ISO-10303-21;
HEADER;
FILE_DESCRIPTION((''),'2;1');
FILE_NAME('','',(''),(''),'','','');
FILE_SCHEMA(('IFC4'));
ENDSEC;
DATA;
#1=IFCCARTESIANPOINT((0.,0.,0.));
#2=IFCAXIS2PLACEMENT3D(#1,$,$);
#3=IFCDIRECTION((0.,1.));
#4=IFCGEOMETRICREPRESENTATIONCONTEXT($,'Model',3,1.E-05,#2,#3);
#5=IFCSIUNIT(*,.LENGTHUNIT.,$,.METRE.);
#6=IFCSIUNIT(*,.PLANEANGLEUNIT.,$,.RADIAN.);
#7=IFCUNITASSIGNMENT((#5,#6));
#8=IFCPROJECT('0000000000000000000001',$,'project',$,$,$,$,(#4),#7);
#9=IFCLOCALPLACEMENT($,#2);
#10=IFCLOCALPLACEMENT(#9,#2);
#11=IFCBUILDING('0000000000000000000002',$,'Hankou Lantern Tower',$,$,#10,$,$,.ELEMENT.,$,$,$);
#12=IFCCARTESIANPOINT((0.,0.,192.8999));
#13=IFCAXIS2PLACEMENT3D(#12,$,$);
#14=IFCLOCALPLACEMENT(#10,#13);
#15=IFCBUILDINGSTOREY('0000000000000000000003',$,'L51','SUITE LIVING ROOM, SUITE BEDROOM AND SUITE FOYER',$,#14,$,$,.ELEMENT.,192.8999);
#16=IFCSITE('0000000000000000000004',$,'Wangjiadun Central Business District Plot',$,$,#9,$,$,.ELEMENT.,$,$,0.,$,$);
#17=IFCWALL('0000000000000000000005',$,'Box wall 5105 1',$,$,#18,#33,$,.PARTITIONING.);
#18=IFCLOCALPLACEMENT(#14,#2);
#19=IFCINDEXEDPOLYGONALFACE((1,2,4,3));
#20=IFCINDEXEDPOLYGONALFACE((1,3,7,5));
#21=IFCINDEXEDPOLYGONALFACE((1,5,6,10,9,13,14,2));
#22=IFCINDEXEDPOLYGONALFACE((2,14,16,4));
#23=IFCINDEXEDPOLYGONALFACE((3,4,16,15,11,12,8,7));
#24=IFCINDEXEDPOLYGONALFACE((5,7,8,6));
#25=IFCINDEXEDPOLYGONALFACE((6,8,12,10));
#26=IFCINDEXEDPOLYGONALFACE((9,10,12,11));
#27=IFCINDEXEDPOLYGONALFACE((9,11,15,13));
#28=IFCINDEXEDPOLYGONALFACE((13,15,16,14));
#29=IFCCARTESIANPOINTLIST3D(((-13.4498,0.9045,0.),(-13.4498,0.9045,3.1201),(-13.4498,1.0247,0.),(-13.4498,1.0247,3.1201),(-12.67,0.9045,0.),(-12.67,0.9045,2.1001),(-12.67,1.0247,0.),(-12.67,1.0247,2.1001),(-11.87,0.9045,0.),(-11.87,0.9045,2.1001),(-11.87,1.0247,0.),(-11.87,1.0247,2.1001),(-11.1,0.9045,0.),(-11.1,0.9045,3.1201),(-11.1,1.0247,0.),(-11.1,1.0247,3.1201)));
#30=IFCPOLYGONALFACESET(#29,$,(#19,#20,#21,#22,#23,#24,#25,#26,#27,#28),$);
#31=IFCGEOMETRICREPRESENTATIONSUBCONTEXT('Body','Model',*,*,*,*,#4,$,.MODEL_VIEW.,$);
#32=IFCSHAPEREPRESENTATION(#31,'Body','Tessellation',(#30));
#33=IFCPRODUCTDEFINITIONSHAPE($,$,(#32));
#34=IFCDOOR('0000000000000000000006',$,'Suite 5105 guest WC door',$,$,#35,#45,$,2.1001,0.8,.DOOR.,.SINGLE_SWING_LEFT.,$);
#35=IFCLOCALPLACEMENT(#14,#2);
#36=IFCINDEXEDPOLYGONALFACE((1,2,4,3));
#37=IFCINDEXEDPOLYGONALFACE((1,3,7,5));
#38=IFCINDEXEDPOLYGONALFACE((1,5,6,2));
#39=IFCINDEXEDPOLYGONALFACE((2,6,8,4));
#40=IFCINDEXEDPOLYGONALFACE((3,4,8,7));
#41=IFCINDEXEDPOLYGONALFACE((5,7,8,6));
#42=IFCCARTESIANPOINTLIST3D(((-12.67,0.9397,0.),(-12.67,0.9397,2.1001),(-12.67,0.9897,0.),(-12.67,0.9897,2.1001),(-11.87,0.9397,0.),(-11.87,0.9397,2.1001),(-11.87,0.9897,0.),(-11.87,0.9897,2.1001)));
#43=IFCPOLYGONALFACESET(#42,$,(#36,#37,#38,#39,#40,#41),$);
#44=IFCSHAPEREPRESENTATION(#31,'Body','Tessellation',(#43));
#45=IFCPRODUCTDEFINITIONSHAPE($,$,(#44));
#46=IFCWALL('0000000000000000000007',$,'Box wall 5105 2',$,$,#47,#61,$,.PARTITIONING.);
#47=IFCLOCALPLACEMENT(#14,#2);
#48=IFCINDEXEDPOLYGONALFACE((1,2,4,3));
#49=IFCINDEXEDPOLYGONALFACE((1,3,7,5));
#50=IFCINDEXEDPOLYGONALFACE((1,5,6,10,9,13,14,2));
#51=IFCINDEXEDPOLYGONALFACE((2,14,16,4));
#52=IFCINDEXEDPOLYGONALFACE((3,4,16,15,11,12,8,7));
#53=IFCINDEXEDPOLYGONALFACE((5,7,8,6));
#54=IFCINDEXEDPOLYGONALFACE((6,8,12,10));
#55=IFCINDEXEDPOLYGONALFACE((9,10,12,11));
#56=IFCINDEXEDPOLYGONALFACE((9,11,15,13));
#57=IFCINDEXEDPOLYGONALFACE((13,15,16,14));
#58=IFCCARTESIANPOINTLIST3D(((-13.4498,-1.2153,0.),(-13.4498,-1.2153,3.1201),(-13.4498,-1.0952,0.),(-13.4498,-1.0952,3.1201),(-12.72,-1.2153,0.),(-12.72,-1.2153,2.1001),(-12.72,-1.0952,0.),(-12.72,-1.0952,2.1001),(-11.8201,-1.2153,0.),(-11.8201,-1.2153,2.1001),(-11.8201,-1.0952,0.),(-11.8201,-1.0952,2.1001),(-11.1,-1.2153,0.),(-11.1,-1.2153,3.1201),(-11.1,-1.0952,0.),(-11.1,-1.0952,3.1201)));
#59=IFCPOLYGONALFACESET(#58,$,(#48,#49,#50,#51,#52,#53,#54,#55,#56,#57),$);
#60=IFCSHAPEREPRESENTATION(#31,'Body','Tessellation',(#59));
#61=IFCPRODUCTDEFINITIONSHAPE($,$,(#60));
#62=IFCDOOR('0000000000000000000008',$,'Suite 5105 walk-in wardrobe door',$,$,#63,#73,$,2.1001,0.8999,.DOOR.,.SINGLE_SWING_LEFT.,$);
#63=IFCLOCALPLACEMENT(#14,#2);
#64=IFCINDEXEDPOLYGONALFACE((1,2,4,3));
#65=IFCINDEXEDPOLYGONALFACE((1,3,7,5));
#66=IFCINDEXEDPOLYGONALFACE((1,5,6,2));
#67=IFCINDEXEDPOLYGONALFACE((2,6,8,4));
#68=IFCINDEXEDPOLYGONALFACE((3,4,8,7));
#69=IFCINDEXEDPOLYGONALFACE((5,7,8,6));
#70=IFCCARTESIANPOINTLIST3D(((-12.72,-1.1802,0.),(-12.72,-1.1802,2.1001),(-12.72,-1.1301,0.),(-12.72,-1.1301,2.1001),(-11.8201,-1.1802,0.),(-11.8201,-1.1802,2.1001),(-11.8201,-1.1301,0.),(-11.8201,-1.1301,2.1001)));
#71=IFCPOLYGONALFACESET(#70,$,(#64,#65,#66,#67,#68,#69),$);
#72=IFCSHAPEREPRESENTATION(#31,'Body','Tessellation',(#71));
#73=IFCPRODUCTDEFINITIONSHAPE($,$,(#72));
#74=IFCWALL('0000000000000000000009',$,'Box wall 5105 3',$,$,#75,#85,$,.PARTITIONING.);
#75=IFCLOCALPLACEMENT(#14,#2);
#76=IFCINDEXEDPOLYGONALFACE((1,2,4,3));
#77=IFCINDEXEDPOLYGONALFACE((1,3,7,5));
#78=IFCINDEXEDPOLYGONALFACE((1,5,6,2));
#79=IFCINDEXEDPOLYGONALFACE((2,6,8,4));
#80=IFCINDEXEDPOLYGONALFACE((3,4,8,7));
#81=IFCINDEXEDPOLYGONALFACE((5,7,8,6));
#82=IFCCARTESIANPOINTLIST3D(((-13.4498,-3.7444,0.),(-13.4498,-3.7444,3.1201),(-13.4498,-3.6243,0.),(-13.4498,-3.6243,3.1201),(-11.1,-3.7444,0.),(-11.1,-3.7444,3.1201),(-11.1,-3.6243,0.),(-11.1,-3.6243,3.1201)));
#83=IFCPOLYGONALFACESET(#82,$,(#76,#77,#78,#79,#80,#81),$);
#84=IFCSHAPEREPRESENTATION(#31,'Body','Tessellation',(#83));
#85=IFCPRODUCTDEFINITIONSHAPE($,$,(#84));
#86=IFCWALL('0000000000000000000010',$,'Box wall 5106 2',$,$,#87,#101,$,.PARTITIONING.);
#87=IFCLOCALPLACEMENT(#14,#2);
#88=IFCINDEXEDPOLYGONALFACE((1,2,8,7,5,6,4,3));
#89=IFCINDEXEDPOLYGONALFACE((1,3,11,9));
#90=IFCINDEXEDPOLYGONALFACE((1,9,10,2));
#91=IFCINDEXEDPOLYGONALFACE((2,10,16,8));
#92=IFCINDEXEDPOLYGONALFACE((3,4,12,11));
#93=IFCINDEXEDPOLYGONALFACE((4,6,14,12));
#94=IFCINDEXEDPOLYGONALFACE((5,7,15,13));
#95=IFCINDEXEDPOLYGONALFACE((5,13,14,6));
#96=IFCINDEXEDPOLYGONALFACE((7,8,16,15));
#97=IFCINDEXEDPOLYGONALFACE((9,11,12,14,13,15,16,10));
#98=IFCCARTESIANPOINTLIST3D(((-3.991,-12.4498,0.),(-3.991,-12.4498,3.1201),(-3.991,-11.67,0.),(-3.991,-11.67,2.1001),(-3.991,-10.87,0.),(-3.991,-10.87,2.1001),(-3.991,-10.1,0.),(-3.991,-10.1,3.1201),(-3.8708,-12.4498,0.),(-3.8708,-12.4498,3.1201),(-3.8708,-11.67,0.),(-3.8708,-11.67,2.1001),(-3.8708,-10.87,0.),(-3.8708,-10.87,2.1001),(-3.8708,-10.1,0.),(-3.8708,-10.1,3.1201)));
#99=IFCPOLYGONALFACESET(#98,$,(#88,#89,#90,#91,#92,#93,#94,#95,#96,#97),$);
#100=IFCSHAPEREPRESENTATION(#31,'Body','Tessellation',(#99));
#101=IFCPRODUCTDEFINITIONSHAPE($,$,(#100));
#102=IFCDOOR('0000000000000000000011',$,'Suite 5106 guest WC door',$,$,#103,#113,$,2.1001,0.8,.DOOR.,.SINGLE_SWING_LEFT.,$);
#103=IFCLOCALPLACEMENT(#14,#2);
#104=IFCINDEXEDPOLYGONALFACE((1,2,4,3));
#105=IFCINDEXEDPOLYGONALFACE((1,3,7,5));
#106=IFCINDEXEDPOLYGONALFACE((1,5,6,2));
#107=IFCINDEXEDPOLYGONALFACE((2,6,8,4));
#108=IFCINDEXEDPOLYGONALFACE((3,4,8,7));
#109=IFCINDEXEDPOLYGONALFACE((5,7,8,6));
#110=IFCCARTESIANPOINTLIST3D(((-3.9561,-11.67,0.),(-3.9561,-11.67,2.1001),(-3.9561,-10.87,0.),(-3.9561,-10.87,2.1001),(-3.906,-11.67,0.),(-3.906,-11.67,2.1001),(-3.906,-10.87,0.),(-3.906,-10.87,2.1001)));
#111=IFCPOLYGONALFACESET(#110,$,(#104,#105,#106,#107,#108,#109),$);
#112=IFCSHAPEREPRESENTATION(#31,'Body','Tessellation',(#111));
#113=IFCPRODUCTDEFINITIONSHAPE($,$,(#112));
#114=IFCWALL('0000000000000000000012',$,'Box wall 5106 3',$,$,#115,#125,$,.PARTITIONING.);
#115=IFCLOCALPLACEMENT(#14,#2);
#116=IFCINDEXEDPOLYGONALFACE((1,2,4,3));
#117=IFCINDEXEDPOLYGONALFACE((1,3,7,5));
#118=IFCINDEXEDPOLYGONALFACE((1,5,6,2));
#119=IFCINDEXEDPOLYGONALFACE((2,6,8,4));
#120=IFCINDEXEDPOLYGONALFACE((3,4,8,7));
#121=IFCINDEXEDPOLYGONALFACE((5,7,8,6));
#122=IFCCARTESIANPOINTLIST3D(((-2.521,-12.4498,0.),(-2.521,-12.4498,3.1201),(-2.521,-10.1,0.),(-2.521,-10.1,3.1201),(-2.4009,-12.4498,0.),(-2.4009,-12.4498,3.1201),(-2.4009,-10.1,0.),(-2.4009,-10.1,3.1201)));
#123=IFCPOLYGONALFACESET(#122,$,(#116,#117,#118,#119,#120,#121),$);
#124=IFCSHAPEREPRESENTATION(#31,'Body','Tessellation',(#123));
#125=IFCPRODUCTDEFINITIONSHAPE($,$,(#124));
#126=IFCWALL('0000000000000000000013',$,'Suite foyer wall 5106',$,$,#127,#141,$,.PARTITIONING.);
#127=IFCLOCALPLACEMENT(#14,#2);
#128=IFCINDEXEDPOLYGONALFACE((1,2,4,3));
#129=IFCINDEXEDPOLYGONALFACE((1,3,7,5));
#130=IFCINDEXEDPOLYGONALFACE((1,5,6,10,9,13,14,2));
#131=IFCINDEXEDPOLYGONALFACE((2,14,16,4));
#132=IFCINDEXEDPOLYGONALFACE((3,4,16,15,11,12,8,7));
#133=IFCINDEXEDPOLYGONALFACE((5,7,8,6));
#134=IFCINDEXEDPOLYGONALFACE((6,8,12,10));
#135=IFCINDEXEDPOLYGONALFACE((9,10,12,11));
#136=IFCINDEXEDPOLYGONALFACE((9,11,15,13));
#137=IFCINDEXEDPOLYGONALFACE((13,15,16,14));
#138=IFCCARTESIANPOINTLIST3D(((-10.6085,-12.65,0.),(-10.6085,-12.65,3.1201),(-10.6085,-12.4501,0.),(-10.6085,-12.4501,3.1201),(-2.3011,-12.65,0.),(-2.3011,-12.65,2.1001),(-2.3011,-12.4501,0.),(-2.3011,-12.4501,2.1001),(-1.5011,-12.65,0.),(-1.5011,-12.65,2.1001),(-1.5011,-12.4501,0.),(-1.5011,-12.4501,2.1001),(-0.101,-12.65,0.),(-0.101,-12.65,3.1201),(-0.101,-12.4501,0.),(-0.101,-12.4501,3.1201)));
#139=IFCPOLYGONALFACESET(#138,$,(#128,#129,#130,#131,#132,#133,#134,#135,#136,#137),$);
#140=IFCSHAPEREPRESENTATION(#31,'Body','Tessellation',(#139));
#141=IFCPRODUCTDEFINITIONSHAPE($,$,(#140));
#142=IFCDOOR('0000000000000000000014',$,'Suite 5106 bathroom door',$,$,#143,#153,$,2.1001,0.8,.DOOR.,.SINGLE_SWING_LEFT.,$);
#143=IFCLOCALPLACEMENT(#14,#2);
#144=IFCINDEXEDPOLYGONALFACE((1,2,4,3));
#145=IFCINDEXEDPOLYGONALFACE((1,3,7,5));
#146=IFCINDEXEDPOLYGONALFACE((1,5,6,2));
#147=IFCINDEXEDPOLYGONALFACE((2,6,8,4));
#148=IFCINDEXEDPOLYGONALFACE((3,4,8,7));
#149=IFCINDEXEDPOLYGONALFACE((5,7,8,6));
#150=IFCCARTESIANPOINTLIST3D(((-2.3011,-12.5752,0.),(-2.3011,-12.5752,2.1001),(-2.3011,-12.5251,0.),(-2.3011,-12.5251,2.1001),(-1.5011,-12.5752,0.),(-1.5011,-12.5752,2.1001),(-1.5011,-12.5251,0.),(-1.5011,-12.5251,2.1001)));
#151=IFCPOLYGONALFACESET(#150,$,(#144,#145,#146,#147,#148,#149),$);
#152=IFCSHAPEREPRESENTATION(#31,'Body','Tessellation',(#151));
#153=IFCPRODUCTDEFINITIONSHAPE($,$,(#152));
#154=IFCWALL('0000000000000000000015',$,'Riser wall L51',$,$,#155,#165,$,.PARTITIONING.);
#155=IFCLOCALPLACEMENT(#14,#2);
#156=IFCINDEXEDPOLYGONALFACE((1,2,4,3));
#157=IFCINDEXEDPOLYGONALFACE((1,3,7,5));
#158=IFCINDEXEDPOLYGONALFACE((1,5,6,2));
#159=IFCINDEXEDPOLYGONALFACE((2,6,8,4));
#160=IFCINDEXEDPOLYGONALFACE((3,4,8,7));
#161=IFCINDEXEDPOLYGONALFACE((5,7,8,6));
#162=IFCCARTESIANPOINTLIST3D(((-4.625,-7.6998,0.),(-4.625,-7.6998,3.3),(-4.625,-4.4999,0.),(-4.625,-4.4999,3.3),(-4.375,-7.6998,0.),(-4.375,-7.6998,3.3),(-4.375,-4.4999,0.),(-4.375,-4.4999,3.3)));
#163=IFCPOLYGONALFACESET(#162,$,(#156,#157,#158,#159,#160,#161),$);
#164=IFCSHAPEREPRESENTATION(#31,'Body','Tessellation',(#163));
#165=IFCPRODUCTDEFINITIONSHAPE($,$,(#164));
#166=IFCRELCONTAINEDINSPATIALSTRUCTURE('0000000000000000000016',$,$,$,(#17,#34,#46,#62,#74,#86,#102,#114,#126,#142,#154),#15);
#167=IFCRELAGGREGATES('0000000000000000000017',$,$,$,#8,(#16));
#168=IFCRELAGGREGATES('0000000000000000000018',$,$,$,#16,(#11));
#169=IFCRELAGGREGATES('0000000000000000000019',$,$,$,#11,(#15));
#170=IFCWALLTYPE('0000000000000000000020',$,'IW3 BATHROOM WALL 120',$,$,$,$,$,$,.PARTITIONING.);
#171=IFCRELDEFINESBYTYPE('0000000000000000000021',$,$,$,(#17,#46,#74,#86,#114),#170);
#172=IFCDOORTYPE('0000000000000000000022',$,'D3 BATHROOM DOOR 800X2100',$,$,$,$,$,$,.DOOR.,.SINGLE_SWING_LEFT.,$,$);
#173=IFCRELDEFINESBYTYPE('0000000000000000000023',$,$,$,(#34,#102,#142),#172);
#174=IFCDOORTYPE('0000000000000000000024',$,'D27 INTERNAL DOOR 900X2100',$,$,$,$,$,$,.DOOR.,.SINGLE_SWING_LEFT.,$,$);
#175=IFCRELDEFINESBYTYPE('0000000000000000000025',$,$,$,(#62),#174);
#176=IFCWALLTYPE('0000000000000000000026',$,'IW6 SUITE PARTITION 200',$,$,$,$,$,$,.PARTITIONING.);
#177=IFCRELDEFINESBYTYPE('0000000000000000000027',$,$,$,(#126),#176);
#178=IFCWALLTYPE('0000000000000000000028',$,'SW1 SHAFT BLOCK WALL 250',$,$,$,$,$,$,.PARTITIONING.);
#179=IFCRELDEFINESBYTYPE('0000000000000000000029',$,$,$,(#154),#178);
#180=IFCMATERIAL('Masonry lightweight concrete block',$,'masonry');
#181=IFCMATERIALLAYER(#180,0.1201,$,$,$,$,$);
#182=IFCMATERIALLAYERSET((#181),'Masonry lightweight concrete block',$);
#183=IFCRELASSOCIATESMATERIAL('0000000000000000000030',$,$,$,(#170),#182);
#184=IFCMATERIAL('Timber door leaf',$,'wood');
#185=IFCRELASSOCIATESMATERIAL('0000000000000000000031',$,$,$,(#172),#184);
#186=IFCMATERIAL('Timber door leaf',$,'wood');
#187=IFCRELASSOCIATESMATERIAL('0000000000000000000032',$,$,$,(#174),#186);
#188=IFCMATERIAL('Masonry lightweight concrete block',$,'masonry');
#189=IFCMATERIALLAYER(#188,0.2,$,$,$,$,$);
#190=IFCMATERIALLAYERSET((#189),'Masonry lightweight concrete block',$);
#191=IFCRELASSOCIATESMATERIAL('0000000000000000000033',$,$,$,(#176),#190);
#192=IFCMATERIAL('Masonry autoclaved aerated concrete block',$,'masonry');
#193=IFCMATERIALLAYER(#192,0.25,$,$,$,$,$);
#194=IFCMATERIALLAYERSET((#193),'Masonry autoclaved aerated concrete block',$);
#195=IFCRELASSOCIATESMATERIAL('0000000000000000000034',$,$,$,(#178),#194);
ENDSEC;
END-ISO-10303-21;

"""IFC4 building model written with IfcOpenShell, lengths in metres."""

from ifc_helpers import new_model, si_unit, direction, frame, frame_2d, origin, place, context, subcontext, project, spatial, rectangle, extrude, material, layer, layer_set, type_object, element, fill, save


model = new_model("IFC4")

# Units and contexts
model_context = context("Model", 3, precision=1e-05, world=origin(), true_north=direction((0.0, 1.0)))
body_context = subcontext(model_context, "Body", "Model", "MODEL_VIEW")
ifc_project = project(units=[si_unit("LENGTHUNIT", "METRE"), si_unit("PLANEANGLEUNIT", "RADIAN")], contexts=[model_context])

# Site, building, storey
site_placement = place(None, origin())
site = spatial("IfcSite", under=ifc_project, at=site_placement, Name="Wangjiadun Central Business District Plot", CompositionType="ELEMENT", RefElevation=0.0)
building_placement = place(site_placement, origin())
building = spatial("IfcBuilding", under=site, at=building_placement, Name="Hankou Lantern Tower", CompositionType="ELEMENT")
storey_placement = place(building_placement, frame((0.0, 0.0, 192.8999)))
storey = spatial("IfcBuildingStorey", under=building, at=storey_placement, Name="L51", Description="SUITE LIVING ROOM, SUITE BEDROOM AND SUITE FOYER", CompositionType="ELEMENT", Elevation=192.8999)

# Walls, openings, doors
ifc_material_1 = material(Name="Masonry lightweight concrete block", Category="masonry")
ifc_layer_1 = layer(ifc_material_1, 0.1201)
ifc_layer_set_1 = layer_set([ifc_layer_1], Name="Masonry lightweight concrete block")
wall_type_1 = type_object("IfcWallType", Name="IW3 BATHROOM WALL 120", PredefinedType="PARTITIONING", material=ifc_layer_set_1)
wall_1_placement = place(storey_placement, frame((-11.1001, 0.9646, 0.0), z_axis=(0.0, 0.0, 1.0), x_axis=(-1.0, 0.0, 0.0)))
wall_1 = element("IfcWall", 1, at=wall_1_placement, inside=storey, type_object=wall_type_1, Name="Box wall 5105 1", PredefinedType="PARTITIONING", context=body_context, shape_type="SweptSolid", body=[
    extrude(rectangle(XDim=2.3499, YDim=0.1201, at=frame_2d((1.1748, 0.0))), origin(), (0.0, 0.0, 1.0), 3.1201),
])
opening_1_placement = place(wall_1_placement, frame((0.77, 0.0, 0.0)))
opening_1 = element("IfcOpeningElement", 2, at=opening_1_placement, cuts=wall_1, PredefinedType="OPENING", context=body_context, shape_type="SweptSolid", body=[
    extrude(rectangle(XDim=0.8, YDim=2.1001, at=frame_2d((0.3999, 1.05))), frame((0.0, 0.0701, 0.0), z_axis=(0.0, -1.0, 0.0), x_axis=(1.0, 0.0, 0.0)), (0.0, 0.0, 1.0), 0.1401),
])
ifc_material_2 = material(Name="Timber door leaf", Category="wood")
door_type_1 = type_object("IfcDoorType", Name="D3 BATHROOM DOOR 800X2100", OperationType="SINGLE_SWING_LEFT", PredefinedType="DOOR", material=ifc_material_2)
door_1_placement = place(opening_1_placement, origin())
door_1 = element("IfcDoor", 3, at=door_1_placement, inside=storey, type_object=door_type_1, Name="Suite 5105 guest WC door", OperationType="SINGLE_SWING_LEFT", OverallHeight=2.1001, OverallWidth=0.8, PredefinedType="DOOR", context=body_context, shape_type="SweptSolid", body=[
    extrude(rectangle(XDim=0.8, YDim=2.1001, at=frame_2d((0.3999, 1.05))), frame((0.0, 0.0249, 0.0), z_axis=(0.0, -1.0, 0.0), x_axis=(1.0, 0.0, 0.0)), (0.0, 0.0, 1.0), 0.05),
])
fill(opening_1, door_1)
wall_2_placement = place(storey_placement, frame((-11.1001, -1.1553, 0.0), z_axis=(0.0, 0.0, 1.0), x_axis=(-1.0, 0.0, 0.0)))
wall_2 = element("IfcWall", 4, at=wall_2_placement, inside=storey, type_object=wall_type_1, Name="Box wall 5105 2", PredefinedType="PARTITIONING", context=body_context, shape_type="SweptSolid", body=[
    extrude(rectangle(XDim=2.3499, YDim=0.1201, at=frame_2d((1.1748, 0.0))), origin(), (0.0, 0.0, 1.0), 3.1201),
])
opening_2_placement = place(wall_2_placement, frame((0.72, 0.0, 0.0)))
opening_2 = element("IfcOpeningElement", 5, at=opening_2_placement, cuts=wall_2, PredefinedType="OPENING", context=body_context, shape_type="SweptSolid", body=[
    extrude(rectangle(XDim=0.8999, YDim=2.1001, at=frame_2d((0.45, 1.05))), frame((0.0, 0.0701, 0.0), z_axis=(0.0, -1.0, 0.0), x_axis=(1.0, 0.0, 0.0)), (0.0, 0.0, 1.0), 0.1401),
])
ifc_material_3 = material(Name="Timber door leaf", Category="wood")
door_type_2 = type_object("IfcDoorType", Name="D27 INTERNAL DOOR 900X2100", OperationType="SINGLE_SWING_LEFT", PredefinedType="DOOR", material=ifc_material_3)
door_2_placement = place(opening_2_placement, origin())
door_2 = element("IfcDoor", 6, at=door_2_placement, inside=storey, type_object=door_type_2, Name="Suite 5105 walk-in wardrobe door", OperationType="SINGLE_SWING_LEFT", OverallHeight=2.1001, OverallWidth=0.8999, PredefinedType="DOOR", context=body_context, shape_type="SweptSolid", body=[
    extrude(rectangle(XDim=0.8999, YDim=2.1001, at=frame_2d((0.45, 1.05))), frame((0.0, 0.0249, 0.0), z_axis=(0.0, -1.0, 0.0), x_axis=(1.0, 0.0, 0.0)), (0.0, 0.0, 1.0), 0.05),
])
fill(opening_2, door_2)

# Wall
wall_3_placement = place(storey_placement, frame((-11.1001, -3.6843, 0.0), z_axis=(0.0, 0.0, 1.0), x_axis=(-1.0, 0.0, 0.0)))
element("IfcWall", 7, at=wall_3_placement, inside=storey, type_object=wall_type_1, Name="Box wall 5105 3", PredefinedType="PARTITIONING", context=body_context, shape_type="SweptSolid", body=[
    extrude(rectangle(XDim=2.3499, YDim=0.1201, at=frame_2d((1.1748, 0.0))), origin(), (0.0, 0.0, 1.0), 3.1201),
])

# Wall, opening, door
wall_4_placement = place(storey_placement, frame((-3.9309, -10.1001, 0.0), z_axis=(0.0, 0.0, 1.0), x_axis=(0.0, -1.0, 0.0)))
wall_4 = element("IfcWall", 8, at=wall_4_placement, inside=storey, type_object=wall_type_1, Name="Box wall 5106 2", PredefinedType="PARTITIONING", context=body_context, shape_type="SweptSolid", body=[
    extrude(rectangle(XDim=2.3499, YDim=0.1201, at=frame_2d((1.1748, 0.0))), origin(), (0.0, 0.0, 1.0), 3.1201),
])
opening_3_placement = place(wall_4_placement, frame((0.77, 0.0, 0.0)))
opening_3 = element("IfcOpeningElement", 9, at=opening_3_placement, cuts=wall_4, PredefinedType="OPENING", context=body_context, shape_type="SweptSolid", body=[
    extrude(rectangle(XDim=0.8, YDim=2.1001, at=frame_2d((0.3999, 1.05))), frame((0.0, 0.0701, 0.0), z_axis=(0.0, -1.0, 0.0), x_axis=(1.0, 0.0, 0.0)), (0.0, 0.0, 1.0), 0.1401),
])
door_3_placement = place(opening_3_placement, origin())
door_3 = element("IfcDoor", 10, at=door_3_placement, inside=storey, type_object=door_type_1, Name="Suite 5106 guest WC door", OperationType="SINGLE_SWING_LEFT", OverallHeight=2.1001, OverallWidth=0.8, PredefinedType="DOOR", context=body_context, shape_type="SweptSolid", body=[
    extrude(rectangle(XDim=0.8, YDim=2.1001, at=frame_2d((0.3999, 1.05))), frame((0.0, 0.0249, 0.0), z_axis=(0.0, -1.0, 0.0), x_axis=(1.0, 0.0, 0.0)), (0.0, 0.0, 1.0), 0.05),
])
fill(opening_3, door_3)

# Wall
wall_5_placement = place(storey_placement, frame((-2.4609, -10.1001, 0.0), z_axis=(0.0, 0.0, 1.0), x_axis=(0.0, -1.0, 0.0)))
element("IfcWall", 11, at=wall_5_placement, inside=storey, type_object=wall_type_1, Name="Box wall 5106 3", PredefinedType="PARTITIONING", context=body_context, shape_type="SweptSolid", body=[
    extrude(rectangle(XDim=2.3499, YDim=0.1201, at=frame_2d((1.1748, 0.0))), origin(), (0.0, 0.0, 1.0), 3.1201),
])

# Wall, opening, door
ifc_material_4 = material(Name="Masonry lightweight concrete block", Category="masonry")
ifc_layer_2 = layer(ifc_material_4, 0.2)
ifc_layer_set_2 = layer_set([ifc_layer_2], Name="Masonry lightweight concrete block")
wall_type_2 = type_object("IfcWallType", Name="IW6 SUITE PARTITION 200", PredefinedType="PARTITIONING", material=ifc_layer_set_2)
wall_6_placement = place(storey_placement, frame((-10.6086, -12.55, 0.0), z_axis=(0.0, 0.0, 1.0), x_axis=(1.0, 0.0, 0.0)))
wall_6 = element("IfcWall", 12, at=wall_6_placement, inside=storey, type_object=wall_type_2, Name="Suite foyer wall 5106", PredefinedType="PARTITIONING", context=body_context, shape_type="SweptSolid", body=[
    extrude(rectangle(XDim=10.5076, YDim=0.2, at=frame_2d((5.2539, 0.0))), origin(), (0.0, 0.0, 1.0), 3.1201),
])
opening_4_placement = place(wall_6_placement, frame((8.3076, 0.0, 0.0)))
opening_4 = element("IfcOpeningElement", 13, at=opening_4_placement, cuts=wall_6, PredefinedType="OPENING", context=body_context, shape_type="SweptSolid", body=[
    extrude(rectangle(XDim=0.8, YDim=2.1001, at=frame_2d((0.3999, 1.05))), frame((0.0, 0.1099, 0.0), z_axis=(0.0, -1.0, 0.0), x_axis=(1.0, 0.0, 0.0)), (0.0, 0.0, 1.0), 0.22),
])
door_4_placement = place(opening_4_placement, origin())
door_4 = element("IfcDoor", 14, at=door_4_placement, inside=storey, type_object=door_type_1, Name="Suite 5106 bathroom door", OperationType="SINGLE_SWING_LEFT", OverallHeight=2.1001, OverallWidth=0.8, PredefinedType="DOOR", context=body_context, shape_type="SweptSolid", body=[
    extrude(rectangle(XDim=0.8, YDim=2.1001, at=frame_2d((0.3999, 1.05))), frame((0.0, 0.0249, 0.0), z_axis=(0.0, -1.0, 0.0), x_axis=(1.0, 0.0, 0.0)), (0.0, 0.0, 1.0), 0.05),
])
fill(opening_4, door_4)

# Wall
ifc_material_5 = material(Name="Masonry autoclaved aerated concrete block", Category="masonry")
ifc_layer_3 = layer(ifc_material_5, 0.25)
ifc_layer_set_3 = layer_set([ifc_layer_3], Name="Masonry autoclaved aerated concrete block")
wall_type_3 = type_object("IfcWallType", Name="SW1 SHAFT BLOCK WALL 250", PredefinedType="PARTITIONING", material=ifc_layer_set_3)
wall_7_placement = place(storey_placement, frame((-4.5, -7.7, 0.0), z_axis=(0.0, 0.0, 1.0), x_axis=(0.0, 1.0, 0.0)))
element("IfcWall", 15, at=wall_7_placement, inside=storey, type_object=wall_type_3, Name="Riser wall L51", PredefinedType="PARTITIONING", context=body_context, shape_type="SweptSolid", body=[
    extrude(rectangle(XDim=3.2, YDim=0.25, at=frame_2d((1.6001, 0.0))), origin(), (0.0, 0.0, 1.0), 3.3),
])

save(model, "model.ifc")
